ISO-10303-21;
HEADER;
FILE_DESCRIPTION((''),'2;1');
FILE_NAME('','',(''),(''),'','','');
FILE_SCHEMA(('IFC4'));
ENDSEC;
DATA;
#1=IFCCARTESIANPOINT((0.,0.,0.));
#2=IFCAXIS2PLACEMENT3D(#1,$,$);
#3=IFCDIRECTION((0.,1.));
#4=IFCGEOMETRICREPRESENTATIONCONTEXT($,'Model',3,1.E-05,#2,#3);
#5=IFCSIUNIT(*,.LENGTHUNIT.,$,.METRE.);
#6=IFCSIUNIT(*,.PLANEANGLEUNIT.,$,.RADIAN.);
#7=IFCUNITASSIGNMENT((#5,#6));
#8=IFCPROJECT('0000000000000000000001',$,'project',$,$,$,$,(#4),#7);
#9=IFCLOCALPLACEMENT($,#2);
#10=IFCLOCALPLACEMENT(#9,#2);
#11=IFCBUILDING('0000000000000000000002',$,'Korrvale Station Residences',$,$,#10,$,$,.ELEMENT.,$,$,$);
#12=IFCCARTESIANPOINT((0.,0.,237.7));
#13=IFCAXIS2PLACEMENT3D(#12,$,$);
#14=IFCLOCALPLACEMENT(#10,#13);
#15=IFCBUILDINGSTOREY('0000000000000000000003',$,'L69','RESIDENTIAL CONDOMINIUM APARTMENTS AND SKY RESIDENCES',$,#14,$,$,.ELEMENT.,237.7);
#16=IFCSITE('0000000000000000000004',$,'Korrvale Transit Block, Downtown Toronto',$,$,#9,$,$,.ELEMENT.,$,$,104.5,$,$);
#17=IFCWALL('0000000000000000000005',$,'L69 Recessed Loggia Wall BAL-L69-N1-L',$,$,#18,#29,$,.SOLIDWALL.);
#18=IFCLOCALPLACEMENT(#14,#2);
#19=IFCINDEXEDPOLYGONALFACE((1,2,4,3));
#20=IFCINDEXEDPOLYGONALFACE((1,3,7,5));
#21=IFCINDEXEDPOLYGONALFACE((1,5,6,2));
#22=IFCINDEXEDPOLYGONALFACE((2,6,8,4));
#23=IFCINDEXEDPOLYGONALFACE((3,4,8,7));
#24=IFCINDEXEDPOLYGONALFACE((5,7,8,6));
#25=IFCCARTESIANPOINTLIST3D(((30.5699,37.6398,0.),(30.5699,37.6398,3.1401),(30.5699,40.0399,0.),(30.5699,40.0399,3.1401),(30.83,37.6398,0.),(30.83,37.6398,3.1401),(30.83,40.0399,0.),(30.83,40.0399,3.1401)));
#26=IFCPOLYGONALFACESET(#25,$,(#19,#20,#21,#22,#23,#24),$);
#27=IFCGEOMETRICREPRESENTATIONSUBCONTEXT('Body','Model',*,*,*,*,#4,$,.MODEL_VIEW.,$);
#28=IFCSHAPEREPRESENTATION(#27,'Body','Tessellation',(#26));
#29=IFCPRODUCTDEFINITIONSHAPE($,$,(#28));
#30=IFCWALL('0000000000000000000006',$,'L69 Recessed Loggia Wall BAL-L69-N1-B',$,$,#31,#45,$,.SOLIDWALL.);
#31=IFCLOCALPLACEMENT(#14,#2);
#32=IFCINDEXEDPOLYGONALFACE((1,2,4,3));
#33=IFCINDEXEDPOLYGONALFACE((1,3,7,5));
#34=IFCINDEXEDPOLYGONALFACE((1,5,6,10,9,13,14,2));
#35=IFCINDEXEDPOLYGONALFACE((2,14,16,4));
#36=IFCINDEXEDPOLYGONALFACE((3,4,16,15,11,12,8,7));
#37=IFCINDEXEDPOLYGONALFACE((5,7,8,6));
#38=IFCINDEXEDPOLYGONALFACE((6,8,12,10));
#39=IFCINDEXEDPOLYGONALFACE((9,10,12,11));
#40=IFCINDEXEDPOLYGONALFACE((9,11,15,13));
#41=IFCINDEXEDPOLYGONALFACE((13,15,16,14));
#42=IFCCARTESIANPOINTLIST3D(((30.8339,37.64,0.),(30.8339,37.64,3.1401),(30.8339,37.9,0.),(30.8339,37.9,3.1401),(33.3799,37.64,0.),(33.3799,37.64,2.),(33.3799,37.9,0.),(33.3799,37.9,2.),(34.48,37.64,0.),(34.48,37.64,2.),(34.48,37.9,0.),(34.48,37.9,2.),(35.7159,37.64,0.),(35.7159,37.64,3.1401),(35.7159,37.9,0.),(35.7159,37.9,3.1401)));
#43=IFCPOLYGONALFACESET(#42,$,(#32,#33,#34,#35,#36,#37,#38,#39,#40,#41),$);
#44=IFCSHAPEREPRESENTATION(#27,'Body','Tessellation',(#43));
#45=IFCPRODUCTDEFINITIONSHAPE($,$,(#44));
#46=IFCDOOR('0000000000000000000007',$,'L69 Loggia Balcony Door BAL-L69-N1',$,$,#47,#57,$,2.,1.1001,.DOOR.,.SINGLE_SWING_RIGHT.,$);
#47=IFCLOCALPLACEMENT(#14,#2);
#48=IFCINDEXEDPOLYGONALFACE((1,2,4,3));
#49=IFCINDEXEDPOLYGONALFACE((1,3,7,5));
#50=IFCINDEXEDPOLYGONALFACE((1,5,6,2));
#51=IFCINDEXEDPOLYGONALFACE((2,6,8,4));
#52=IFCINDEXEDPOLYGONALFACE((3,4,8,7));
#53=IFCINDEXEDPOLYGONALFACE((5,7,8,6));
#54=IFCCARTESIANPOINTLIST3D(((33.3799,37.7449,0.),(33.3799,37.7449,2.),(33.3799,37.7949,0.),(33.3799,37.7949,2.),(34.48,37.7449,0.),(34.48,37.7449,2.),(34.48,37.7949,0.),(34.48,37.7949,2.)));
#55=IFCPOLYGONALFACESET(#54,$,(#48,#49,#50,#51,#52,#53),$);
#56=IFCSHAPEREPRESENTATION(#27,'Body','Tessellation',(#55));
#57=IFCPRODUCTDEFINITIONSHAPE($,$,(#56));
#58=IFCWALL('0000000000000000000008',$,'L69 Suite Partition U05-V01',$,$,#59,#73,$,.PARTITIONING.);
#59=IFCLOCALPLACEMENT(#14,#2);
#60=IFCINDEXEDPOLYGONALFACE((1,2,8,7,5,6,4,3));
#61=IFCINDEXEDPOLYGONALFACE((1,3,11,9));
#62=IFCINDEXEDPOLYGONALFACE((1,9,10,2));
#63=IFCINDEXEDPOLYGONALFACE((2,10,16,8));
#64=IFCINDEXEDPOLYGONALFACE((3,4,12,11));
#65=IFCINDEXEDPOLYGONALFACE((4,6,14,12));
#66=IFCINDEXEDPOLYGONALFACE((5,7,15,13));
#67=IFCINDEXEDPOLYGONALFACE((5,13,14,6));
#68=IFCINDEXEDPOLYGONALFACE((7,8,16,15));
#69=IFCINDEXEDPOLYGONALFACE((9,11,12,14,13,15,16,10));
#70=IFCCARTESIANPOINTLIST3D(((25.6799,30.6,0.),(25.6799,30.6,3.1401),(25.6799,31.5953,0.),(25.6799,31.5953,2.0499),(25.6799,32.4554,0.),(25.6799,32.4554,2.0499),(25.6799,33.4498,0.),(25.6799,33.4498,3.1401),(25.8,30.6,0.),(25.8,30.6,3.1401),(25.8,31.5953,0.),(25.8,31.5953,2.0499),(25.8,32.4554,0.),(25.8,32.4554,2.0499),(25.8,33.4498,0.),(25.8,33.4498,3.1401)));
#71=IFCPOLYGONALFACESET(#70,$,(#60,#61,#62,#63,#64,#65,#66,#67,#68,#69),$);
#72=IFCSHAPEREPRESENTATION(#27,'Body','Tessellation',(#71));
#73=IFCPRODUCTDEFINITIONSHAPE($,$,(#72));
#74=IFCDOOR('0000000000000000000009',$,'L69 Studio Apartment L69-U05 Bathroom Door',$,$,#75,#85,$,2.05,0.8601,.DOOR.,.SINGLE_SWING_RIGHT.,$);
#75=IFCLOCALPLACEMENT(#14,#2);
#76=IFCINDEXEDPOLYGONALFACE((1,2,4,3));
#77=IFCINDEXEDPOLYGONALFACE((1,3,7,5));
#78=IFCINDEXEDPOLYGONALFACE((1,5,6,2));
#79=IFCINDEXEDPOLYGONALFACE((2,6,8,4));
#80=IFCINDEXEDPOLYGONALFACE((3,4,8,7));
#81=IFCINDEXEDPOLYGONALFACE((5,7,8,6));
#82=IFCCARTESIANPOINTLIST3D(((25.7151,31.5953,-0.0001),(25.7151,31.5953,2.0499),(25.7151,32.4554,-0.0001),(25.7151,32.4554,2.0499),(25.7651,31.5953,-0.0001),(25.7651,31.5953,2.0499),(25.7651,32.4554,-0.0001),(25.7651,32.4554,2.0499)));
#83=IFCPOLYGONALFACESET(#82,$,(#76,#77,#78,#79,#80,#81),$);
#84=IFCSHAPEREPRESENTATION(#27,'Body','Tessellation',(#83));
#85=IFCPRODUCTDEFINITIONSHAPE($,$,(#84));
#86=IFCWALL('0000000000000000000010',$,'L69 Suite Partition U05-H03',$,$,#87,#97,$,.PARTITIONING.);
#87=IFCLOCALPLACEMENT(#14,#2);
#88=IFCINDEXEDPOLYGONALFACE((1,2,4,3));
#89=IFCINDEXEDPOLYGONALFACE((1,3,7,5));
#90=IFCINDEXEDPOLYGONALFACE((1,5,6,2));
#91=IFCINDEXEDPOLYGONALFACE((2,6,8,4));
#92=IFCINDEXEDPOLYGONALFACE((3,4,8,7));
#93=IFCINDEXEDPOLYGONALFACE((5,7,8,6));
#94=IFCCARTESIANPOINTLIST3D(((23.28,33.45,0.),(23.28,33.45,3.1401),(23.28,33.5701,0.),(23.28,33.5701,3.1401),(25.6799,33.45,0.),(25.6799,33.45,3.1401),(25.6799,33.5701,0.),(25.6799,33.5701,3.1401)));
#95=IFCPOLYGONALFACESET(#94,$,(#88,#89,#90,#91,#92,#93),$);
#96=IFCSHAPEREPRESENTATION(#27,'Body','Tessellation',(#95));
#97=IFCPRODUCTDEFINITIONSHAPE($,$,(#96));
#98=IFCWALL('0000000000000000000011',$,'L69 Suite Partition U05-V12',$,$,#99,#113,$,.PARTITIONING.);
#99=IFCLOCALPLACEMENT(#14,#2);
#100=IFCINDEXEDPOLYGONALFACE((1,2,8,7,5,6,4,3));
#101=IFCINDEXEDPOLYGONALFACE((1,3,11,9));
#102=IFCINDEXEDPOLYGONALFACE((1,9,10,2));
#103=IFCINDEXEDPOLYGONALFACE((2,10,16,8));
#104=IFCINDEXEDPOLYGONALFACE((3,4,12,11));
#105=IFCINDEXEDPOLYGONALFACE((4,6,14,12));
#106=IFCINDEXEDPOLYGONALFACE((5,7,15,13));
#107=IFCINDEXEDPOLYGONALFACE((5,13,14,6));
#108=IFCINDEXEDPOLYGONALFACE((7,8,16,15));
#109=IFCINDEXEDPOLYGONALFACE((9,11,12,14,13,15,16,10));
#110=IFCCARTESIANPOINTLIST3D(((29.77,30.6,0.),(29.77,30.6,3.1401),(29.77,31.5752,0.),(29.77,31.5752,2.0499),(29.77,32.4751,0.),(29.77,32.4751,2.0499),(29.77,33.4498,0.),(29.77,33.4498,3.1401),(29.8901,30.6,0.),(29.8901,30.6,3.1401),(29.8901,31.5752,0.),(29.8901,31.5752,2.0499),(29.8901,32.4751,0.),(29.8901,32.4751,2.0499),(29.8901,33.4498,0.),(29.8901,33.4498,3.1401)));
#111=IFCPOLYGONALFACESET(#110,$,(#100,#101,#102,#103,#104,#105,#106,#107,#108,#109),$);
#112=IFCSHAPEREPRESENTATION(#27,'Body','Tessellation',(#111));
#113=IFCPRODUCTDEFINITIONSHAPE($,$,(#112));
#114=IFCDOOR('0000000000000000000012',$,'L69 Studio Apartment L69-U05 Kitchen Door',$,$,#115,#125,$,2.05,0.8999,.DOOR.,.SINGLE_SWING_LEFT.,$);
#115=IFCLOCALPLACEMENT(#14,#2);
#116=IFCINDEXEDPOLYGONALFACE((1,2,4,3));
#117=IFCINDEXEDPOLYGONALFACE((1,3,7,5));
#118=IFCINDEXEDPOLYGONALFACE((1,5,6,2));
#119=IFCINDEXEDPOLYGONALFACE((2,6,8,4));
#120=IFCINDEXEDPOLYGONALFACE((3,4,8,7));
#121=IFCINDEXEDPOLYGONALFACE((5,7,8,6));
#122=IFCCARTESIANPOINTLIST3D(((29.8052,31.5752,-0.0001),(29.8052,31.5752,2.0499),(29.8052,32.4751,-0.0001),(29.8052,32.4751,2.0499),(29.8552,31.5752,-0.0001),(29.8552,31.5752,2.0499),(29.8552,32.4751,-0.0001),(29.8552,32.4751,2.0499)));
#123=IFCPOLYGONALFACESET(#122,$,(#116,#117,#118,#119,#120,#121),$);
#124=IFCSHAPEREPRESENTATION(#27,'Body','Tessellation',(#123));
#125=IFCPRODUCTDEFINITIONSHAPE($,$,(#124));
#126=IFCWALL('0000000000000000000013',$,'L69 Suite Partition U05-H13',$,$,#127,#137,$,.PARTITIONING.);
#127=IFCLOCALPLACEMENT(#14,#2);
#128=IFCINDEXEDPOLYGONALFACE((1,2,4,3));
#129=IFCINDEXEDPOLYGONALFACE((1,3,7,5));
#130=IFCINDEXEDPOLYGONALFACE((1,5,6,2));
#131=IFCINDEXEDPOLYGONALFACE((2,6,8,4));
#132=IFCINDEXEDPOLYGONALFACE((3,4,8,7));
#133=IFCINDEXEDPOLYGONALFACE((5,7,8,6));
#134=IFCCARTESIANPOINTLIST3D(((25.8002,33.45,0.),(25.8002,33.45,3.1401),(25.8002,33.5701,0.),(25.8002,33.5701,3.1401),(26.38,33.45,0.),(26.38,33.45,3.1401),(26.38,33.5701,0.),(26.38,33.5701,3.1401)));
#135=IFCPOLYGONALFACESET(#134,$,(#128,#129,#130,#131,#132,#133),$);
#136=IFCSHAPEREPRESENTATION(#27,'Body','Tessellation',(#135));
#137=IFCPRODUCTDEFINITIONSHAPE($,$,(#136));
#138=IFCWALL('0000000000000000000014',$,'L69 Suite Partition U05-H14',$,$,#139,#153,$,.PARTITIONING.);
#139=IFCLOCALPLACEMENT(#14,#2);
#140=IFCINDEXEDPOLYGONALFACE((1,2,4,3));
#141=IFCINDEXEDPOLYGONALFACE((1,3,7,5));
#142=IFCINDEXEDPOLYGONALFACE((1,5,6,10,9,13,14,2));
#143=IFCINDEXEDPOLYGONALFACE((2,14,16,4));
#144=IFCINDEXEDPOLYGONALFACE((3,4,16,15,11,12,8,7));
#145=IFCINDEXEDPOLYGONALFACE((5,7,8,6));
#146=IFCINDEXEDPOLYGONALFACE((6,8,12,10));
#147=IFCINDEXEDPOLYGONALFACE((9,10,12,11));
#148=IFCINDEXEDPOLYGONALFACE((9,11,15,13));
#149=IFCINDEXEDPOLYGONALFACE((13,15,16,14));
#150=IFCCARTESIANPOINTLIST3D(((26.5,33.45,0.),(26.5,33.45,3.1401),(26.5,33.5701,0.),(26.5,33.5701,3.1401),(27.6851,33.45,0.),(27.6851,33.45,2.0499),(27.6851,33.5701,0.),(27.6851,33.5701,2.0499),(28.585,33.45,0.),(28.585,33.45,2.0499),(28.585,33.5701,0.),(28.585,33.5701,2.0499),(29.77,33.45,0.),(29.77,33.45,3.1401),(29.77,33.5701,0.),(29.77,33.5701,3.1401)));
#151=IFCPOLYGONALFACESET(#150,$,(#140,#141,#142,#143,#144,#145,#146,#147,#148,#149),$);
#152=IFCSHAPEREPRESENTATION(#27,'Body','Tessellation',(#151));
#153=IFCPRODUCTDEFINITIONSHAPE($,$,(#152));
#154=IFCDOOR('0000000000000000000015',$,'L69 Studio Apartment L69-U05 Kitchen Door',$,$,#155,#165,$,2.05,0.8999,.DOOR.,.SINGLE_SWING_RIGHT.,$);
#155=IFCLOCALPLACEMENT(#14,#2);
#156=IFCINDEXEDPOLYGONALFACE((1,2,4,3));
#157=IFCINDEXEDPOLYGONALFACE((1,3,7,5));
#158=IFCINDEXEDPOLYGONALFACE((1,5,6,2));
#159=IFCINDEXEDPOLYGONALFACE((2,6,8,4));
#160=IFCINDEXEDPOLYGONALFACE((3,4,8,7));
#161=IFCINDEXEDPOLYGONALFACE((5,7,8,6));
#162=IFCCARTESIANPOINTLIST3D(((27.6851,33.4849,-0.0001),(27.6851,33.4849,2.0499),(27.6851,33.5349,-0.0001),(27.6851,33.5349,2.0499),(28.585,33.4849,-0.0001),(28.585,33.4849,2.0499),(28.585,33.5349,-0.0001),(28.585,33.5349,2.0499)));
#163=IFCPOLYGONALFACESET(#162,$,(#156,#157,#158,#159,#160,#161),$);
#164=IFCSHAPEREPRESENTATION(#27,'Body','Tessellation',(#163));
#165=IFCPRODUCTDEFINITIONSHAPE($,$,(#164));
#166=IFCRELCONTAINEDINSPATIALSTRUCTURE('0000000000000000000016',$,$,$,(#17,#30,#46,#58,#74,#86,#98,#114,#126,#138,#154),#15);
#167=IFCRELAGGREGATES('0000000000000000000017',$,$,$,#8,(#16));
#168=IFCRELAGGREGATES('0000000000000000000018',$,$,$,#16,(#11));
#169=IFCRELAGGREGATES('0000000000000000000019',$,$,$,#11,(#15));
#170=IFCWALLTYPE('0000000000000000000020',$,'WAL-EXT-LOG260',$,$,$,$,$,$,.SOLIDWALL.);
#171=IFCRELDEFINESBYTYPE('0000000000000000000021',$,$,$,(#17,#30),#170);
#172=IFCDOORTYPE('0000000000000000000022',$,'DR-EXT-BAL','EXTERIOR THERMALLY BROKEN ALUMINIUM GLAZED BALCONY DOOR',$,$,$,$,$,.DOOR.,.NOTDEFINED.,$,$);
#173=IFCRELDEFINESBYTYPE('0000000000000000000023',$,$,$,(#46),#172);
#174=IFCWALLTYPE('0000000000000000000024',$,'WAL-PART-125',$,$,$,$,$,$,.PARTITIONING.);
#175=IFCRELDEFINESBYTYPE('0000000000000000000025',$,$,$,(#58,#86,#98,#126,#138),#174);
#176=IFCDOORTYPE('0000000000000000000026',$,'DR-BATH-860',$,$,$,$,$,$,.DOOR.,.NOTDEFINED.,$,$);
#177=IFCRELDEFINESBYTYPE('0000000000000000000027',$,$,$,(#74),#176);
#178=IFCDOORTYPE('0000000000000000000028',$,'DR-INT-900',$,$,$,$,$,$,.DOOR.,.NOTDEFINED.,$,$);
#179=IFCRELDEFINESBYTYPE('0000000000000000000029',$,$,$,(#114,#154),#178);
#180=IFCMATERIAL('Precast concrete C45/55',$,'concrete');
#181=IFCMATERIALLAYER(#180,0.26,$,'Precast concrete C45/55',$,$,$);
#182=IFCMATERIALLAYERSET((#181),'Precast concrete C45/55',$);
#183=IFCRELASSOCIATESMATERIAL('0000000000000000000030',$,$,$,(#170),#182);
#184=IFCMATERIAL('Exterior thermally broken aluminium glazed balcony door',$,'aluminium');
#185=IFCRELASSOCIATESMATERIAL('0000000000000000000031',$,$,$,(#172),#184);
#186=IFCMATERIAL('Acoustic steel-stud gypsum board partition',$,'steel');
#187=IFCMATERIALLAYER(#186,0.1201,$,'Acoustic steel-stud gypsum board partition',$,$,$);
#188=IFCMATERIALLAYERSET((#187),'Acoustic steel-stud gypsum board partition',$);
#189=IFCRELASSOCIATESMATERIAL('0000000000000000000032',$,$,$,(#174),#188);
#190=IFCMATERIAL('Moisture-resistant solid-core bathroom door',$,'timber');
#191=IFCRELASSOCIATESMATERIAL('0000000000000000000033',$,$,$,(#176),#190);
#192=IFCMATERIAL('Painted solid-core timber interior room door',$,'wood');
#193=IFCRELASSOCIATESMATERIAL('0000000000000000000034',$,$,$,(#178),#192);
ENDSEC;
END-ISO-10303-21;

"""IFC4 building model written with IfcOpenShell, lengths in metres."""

from ifc_helpers import new_model, si_unit, direction, frame, frame_2d, origin, place, context, subcontext, project, spatial, rectangle, extrude, material, layer, layer_set, type_object, element, fill, save


model = new_model("IFC4")

# Units and contexts
model_context = context("Model", 3, precision=1e-05, world=origin(), true_north=direction((0.0, 1.0)))
body_context = subcontext(model_context, "Body", "Model", "MODEL_VIEW")
ifc_project = project(units=[si_unit("LENGTHUNIT", "METRE"), si_unit("PLANEANGLEUNIT", "RADIAN")], contexts=[model_context])

# Site, building, storey
site_placement = place(None, origin())
site = spatial("IfcSite", under=ifc_project, at=site_placement, Name="Korrvale Transit Block, Downtown Toronto", CompositionType="ELEMENT", RefElevation=104.5)
building_placement = place(site_placement, origin())
building = spatial("IfcBuilding", under=site, at=building_placement, Name="Korrvale Station Residences", CompositionType="ELEMENT")
storey_placement = place(building_placement, frame((0.0, 0.0, 237.7)))
storey = spatial("IfcBuildingStorey", under=building, at=storey_placement, Name="L69", Description="RESIDENTIAL CONDOMINIUM APARTMENTS AND SKY RESIDENCES", CompositionType="ELEMENT", Elevation=237.7)

# Wall
ifc_material_1 = material(Name="Precast concrete C45/55", Category="concrete")
ifc_layer_1 = layer(ifc_material_1, 0.26, Name="Precast concrete C45/55")
ifc_layer_set_1 = layer_set([ifc_layer_1], Name="Precast concrete C45/55")
wall_type_1 = type_object("IfcWallType", Name="WAL-EXT-LOG260", PredefinedType="SOLIDWALL", material=ifc_layer_set_1)
wall_1_placement = place(storey_placement, frame((30.7, 40.04, 0.0), z_axis=(0.0, 0.0, 1.0), x_axis=(0.0, -1.0, 0.0)))
element("IfcWall", 1, at=wall_1_placement, inside=storey, type_object=wall_type_1, Name="L69 Recessed Loggia Wall BAL-L69-N1-L", PredefinedType="SOLIDWALL", context=body_context, shape_type="SweptSolid", body=[
    extrude(rectangle(XDim=2.4001, YDim=0.26, at=frame_2d((1.2002, 0.0))), origin(), (0.0, 0.0, 1.0), 3.1401),
])

# Walls, openings, doors
wall_2_placement = place(storey_placement, frame((30.834, 37.77, 0.0), z_axis=(0.0, 0.0, 1.0), x_axis=(1.0, 0.0, 0.0)))
wall_2 = element("IfcWall", 2, at=wall_2_placement, inside=storey, type_object=wall_type_1, Name="L69 Recessed Loggia Wall BAL-L69-N1-B", PredefinedType="SOLIDWALL", context=body_context, shape_type="SweptSolid", body=[
    extrude(rectangle(XDim=4.8821, YDim=0.26, at=frame_2d((2.4409, 0.0))), origin(), (0.0, 0.0, 1.0), 3.1401),
])
opening_1_placement = place(wall_2_placement, frame((2.5459, 0.0, 0.0)))
opening_1 = element("IfcOpeningElement", 3, at=opening_1_placement, cuts=wall_2, PredefinedType="OPENING", context=body_context, shape_type="SweptSolid", body=[
    extrude(rectangle(XDim=1.1001, YDim=2.0, at=frame_2d((0.55, 1.0))), frame((0.0, 0.1401, 0.0), z_axis=(0.0, -1.0, 0.0), x_axis=(1.0, 0.0, 0.0)), (0.0, 0.0, 1.0), 0.28),
])
ifc_material_2 = material(Name="Exterior thermally broken aluminium glazed balcony door", Category="aluminium")
door_type_1 = type_object("IfcDoorType", Name="DR-EXT-BAL", Description="EXTERIOR THERMALLY BROKEN ALUMINIUM GLAZED BALCONY DOOR", OperationType="NOTDEFINED", PredefinedType="DOOR", material=ifc_material_2)
door_1_placement = place(opening_1_placement, origin())
door_1 = element("IfcDoor", 4, at=door_1_placement, inside=storey, type_object=door_type_1, Name="L69 Loggia Balcony Door BAL-L69-N1", OperationType="SINGLE_SWING_RIGHT", OverallHeight=2.0, OverallWidth=1.1001, PredefinedType="DOOR", context=body_context, shape_type="SweptSolid", body=[
    extrude(rectangle(XDim=1.1001, YDim=2.0, at=frame_2d((0.55, 1.0))), frame((0.0, 0.0249, 0.0), z_axis=(0.0, -1.0, 0.0), x_axis=(1.0, 0.0, 0.0)), (0.0, 0.0, 1.0), 0.05),
])
fill(opening_1, door_1)
ifc_material_3 = material(Name="Acoustic steel-stud gypsum board partition", Category="steel")
ifc_layer_2 = layer(ifc_material_3, 0.1201, Name="Acoustic steel-stud gypsum board partition")
ifc_layer_set_2 = layer_set([ifc_layer_2], Name="Acoustic steel-stud gypsum board partition")
wall_type_2 = type_object("IfcWallType", Name="WAL-PART-125", PredefinedType="PARTITIONING", material=ifc_layer_set_2)
wall_3_placement = place(storey_placement, frame((25.74, 30.6001, 0.0), z_axis=(0.0, 0.0, 1.0), x_axis=(0.0, 1.0, 0.0)))
wall_3 = element("IfcWall", 5, at=wall_3_placement, inside=storey, type_object=wall_type_2, Name="L69 Suite Partition U05-V01", PredefinedType="PARTITIONING", context=body_context, shape_type="SweptSolid", body=[
    extrude(rectangle(XDim=2.8499, YDim=0.1201, at=frame_2d((1.4248, 0.0))), origin(), (0.0, 0.0, 1.0), 3.1401),
])
opening_2_placement = place(wall_3_placement, frame((0.9951, 0.0, 0.0)))
opening_2 = element("IfcOpeningElement", 6, at=opening_2_placement, cuts=wall_3, PredefinedType="OPENING", context=body_context, shape_type="SweptSolid", body=[
    extrude(rectangle(XDim=0.8601, YDim=2.05, at=frame_2d((0.4302, 1.0249))), frame((0.0, 0.0701, 0.0), z_axis=(0.0, -1.0, 0.0), x_axis=(1.0, 0.0, 0.0)), (0.0, 0.0, 1.0), 0.1401),
])
ifc_material_4 = material(Name="Moisture-resistant solid-core bathroom door", Category="timber")
door_type_2 = type_object("IfcDoorType", Name="DR-BATH-860", OperationType="NOTDEFINED", PredefinedType="DOOR", material=ifc_material_4)
door_2_placement = place(opening_2_placement, origin())
door_2 = element("IfcDoor", 7, at=door_2_placement, inside=storey, type_object=door_type_2, Name="L69 Studio Apartment L69-U05 Bathroom Door", OperationType="SINGLE_SWING_RIGHT", OverallHeight=2.05, OverallWidth=0.8601, PredefinedType="DOOR", context=body_context, shape_type="SweptSolid", body=[
    extrude(rectangle(XDim=0.8601, YDim=2.05, at=frame_2d((0.4302, 1.0249))), frame((0.0, 0.0249, 0.0), z_axis=(0.0, -1.0, 0.0), x_axis=(1.0, 0.0, 0.0)), (0.0, 0.0, 1.0), 0.05),
])
fill(opening_2, door_2)

# Wall
wall_4_placement = place(storey_placement, frame((23.28, 33.51, 0.0), z_axis=(0.0, 0.0, 1.0), x_axis=(1.0, 0.0, 0.0)))
element("IfcWall", 8, at=wall_4_placement, inside=storey, type_object=wall_type_2, Name="L69 Suite Partition U05-H03", PredefinedType="PARTITIONING", context=body_context, shape_type="SweptSolid", body=[
    extrude(rectangle(XDim=2.3999, YDim=0.1201, at=frame_2d((1.2, 0.0))), origin(), (0.0, 0.0, 1.0), 3.1401),
])

# Wall, opening, door
wall_5_placement = place(storey_placement, frame((29.8301, 30.6001, 0.0), z_axis=(0.0, 0.0, 1.0), x_axis=(0.0, 1.0, 0.0)))
wall_5 = element("IfcWall", 9, at=wall_5_placement, inside=storey, type_object=wall_type_2, Name="L69 Suite Partition U05-V12", PredefinedType="PARTITIONING", context=body_context, shape_type="SweptSolid", body=[
    extrude(rectangle(XDim=2.8499, YDim=0.1201, at=frame_2d((1.4248, 0.0))), origin(), (0.0, 0.0, 1.0), 3.1401),
])
opening_3_placement = place(wall_5_placement, frame((0.9751, 0.0, 0.0)))
opening_3 = element("IfcOpeningElement", 10, at=opening_3_placement, cuts=wall_5, PredefinedType="OPENING", context=body_context, shape_type="SweptSolid", body=[
    extrude(rectangle(XDim=0.8999, YDim=2.05, at=frame_2d((0.45, 1.0249))), frame((0.0, 0.0701, 0.0), z_axis=(0.0, -1.0, 0.0), x_axis=(1.0, 0.0, 0.0)), (0.0, 0.0, 1.0), 0.1401),
])
ifc_material_5 = material(Name="Painted solid-core timber interior room door", Category="wood")
door_type_3 = type_object("IfcDoorType", Name="DR-INT-900", OperationType="NOTDEFINED", PredefinedType="DOOR", material=ifc_material_5)
door_3_placement = place(opening_3_placement, origin())
door_3 = element("IfcDoor", 11, at=door_3_placement, inside=storey, type_object=door_type_3, Name="L69 Studio Apartment L69-U05 Kitchen Door", OperationType="SINGLE_SWING_LEFT", OverallHeight=2.05, OverallWidth=0.8999, PredefinedType="DOOR", context=body_context, shape_type="SweptSolid", body=[
    extrude(rectangle(XDim=0.8999, YDim=2.05, at=frame_2d((0.45, 1.0249))), frame((0.0, 0.0249, 0.0), z_axis=(0.0, -1.0, 0.0), x_axis=(1.0, 0.0, 0.0)), (0.0, 0.0, 1.0), 0.05),
])
fill(opening_3, door_3)

# Wall
wall_6_placement = place(storey_placement, frame((25.8, 33.51, 0.0), z_axis=(0.0, 0.0, 1.0), x_axis=(1.0, 0.0, 0.0)))
element("IfcWall", 12, at=wall_6_placement, inside=storey, type_object=wall_type_2, Name="L69 Suite Partition U05-H13", PredefinedType="PARTITIONING", context=body_context, shape_type="SweptSolid", body=[
    extrude(rectangle(XDim=0.5798, YDim=0.1201, at=frame_2d((0.29, 0.0))), origin(), (0.0, 0.0, 1.0), 3.1401),
])

# Wall, opening, door
wall_7_placement = place(storey_placement, frame((26.5, 33.51, 0.0), z_axis=(0.0, 0.0, 1.0), x_axis=(1.0, 0.0, 0.0)))
wall_7 = element("IfcWall", 13, at=wall_7_placement, inside=storey, type_object=wall_type_2, Name="L69 Suite Partition U05-H14", PredefinedType="PARTITIONING", context=body_context, shape_type="SweptSolid", body=[
    extrude(rectangle(XDim=3.27, YDim=0.1201, at=frame_2d((1.635, 0.0))), origin(), (0.0, 0.0, 1.0), 3.1401),
])
opening_4_placement = place(wall_7_placement, frame((1.1851, 0.0, 0.0)))
opening_4 = element("IfcOpeningElement", 14, at=opening_4_placement, cuts=wall_7, PredefinedType="OPENING", context=body_context, shape_type="SweptSolid", body=[
    extrude(rectangle(XDim=0.8999, YDim=2.05, at=frame_2d((0.45, 1.0249))), frame((0.0, 0.0701, 0.0), z_axis=(0.0, -1.0, 0.0), x_axis=(1.0, 0.0, 0.0)), (0.0, 0.0, 1.0), 0.1401),
])
door_4_placement = place(opening_4_placement, origin())
door_4 = element("IfcDoor", 15, at=door_4_placement, inside=storey, type_object=door_type_3, Name="L69 Studio Apartment L69-U05 Kitchen Door", OperationType="SINGLE_SWING_RIGHT", OverallHeight=2.05, OverallWidth=0.8999, PredefinedType="DOOR", context=body_context, shape_type="SweptSolid", body=[
    extrude(rectangle(XDim=0.8999, YDim=2.05, at=frame_2d((0.45, 1.0249))), frame((0.0, 0.0249, 0.0), z_axis=(0.0, -1.0, 0.0), x_axis=(1.0, 0.0, 0.0)), (0.0, 0.0, 1.0), 0.05),
])
fill(opening_4, door_4)

save(model, "model.ifc")
